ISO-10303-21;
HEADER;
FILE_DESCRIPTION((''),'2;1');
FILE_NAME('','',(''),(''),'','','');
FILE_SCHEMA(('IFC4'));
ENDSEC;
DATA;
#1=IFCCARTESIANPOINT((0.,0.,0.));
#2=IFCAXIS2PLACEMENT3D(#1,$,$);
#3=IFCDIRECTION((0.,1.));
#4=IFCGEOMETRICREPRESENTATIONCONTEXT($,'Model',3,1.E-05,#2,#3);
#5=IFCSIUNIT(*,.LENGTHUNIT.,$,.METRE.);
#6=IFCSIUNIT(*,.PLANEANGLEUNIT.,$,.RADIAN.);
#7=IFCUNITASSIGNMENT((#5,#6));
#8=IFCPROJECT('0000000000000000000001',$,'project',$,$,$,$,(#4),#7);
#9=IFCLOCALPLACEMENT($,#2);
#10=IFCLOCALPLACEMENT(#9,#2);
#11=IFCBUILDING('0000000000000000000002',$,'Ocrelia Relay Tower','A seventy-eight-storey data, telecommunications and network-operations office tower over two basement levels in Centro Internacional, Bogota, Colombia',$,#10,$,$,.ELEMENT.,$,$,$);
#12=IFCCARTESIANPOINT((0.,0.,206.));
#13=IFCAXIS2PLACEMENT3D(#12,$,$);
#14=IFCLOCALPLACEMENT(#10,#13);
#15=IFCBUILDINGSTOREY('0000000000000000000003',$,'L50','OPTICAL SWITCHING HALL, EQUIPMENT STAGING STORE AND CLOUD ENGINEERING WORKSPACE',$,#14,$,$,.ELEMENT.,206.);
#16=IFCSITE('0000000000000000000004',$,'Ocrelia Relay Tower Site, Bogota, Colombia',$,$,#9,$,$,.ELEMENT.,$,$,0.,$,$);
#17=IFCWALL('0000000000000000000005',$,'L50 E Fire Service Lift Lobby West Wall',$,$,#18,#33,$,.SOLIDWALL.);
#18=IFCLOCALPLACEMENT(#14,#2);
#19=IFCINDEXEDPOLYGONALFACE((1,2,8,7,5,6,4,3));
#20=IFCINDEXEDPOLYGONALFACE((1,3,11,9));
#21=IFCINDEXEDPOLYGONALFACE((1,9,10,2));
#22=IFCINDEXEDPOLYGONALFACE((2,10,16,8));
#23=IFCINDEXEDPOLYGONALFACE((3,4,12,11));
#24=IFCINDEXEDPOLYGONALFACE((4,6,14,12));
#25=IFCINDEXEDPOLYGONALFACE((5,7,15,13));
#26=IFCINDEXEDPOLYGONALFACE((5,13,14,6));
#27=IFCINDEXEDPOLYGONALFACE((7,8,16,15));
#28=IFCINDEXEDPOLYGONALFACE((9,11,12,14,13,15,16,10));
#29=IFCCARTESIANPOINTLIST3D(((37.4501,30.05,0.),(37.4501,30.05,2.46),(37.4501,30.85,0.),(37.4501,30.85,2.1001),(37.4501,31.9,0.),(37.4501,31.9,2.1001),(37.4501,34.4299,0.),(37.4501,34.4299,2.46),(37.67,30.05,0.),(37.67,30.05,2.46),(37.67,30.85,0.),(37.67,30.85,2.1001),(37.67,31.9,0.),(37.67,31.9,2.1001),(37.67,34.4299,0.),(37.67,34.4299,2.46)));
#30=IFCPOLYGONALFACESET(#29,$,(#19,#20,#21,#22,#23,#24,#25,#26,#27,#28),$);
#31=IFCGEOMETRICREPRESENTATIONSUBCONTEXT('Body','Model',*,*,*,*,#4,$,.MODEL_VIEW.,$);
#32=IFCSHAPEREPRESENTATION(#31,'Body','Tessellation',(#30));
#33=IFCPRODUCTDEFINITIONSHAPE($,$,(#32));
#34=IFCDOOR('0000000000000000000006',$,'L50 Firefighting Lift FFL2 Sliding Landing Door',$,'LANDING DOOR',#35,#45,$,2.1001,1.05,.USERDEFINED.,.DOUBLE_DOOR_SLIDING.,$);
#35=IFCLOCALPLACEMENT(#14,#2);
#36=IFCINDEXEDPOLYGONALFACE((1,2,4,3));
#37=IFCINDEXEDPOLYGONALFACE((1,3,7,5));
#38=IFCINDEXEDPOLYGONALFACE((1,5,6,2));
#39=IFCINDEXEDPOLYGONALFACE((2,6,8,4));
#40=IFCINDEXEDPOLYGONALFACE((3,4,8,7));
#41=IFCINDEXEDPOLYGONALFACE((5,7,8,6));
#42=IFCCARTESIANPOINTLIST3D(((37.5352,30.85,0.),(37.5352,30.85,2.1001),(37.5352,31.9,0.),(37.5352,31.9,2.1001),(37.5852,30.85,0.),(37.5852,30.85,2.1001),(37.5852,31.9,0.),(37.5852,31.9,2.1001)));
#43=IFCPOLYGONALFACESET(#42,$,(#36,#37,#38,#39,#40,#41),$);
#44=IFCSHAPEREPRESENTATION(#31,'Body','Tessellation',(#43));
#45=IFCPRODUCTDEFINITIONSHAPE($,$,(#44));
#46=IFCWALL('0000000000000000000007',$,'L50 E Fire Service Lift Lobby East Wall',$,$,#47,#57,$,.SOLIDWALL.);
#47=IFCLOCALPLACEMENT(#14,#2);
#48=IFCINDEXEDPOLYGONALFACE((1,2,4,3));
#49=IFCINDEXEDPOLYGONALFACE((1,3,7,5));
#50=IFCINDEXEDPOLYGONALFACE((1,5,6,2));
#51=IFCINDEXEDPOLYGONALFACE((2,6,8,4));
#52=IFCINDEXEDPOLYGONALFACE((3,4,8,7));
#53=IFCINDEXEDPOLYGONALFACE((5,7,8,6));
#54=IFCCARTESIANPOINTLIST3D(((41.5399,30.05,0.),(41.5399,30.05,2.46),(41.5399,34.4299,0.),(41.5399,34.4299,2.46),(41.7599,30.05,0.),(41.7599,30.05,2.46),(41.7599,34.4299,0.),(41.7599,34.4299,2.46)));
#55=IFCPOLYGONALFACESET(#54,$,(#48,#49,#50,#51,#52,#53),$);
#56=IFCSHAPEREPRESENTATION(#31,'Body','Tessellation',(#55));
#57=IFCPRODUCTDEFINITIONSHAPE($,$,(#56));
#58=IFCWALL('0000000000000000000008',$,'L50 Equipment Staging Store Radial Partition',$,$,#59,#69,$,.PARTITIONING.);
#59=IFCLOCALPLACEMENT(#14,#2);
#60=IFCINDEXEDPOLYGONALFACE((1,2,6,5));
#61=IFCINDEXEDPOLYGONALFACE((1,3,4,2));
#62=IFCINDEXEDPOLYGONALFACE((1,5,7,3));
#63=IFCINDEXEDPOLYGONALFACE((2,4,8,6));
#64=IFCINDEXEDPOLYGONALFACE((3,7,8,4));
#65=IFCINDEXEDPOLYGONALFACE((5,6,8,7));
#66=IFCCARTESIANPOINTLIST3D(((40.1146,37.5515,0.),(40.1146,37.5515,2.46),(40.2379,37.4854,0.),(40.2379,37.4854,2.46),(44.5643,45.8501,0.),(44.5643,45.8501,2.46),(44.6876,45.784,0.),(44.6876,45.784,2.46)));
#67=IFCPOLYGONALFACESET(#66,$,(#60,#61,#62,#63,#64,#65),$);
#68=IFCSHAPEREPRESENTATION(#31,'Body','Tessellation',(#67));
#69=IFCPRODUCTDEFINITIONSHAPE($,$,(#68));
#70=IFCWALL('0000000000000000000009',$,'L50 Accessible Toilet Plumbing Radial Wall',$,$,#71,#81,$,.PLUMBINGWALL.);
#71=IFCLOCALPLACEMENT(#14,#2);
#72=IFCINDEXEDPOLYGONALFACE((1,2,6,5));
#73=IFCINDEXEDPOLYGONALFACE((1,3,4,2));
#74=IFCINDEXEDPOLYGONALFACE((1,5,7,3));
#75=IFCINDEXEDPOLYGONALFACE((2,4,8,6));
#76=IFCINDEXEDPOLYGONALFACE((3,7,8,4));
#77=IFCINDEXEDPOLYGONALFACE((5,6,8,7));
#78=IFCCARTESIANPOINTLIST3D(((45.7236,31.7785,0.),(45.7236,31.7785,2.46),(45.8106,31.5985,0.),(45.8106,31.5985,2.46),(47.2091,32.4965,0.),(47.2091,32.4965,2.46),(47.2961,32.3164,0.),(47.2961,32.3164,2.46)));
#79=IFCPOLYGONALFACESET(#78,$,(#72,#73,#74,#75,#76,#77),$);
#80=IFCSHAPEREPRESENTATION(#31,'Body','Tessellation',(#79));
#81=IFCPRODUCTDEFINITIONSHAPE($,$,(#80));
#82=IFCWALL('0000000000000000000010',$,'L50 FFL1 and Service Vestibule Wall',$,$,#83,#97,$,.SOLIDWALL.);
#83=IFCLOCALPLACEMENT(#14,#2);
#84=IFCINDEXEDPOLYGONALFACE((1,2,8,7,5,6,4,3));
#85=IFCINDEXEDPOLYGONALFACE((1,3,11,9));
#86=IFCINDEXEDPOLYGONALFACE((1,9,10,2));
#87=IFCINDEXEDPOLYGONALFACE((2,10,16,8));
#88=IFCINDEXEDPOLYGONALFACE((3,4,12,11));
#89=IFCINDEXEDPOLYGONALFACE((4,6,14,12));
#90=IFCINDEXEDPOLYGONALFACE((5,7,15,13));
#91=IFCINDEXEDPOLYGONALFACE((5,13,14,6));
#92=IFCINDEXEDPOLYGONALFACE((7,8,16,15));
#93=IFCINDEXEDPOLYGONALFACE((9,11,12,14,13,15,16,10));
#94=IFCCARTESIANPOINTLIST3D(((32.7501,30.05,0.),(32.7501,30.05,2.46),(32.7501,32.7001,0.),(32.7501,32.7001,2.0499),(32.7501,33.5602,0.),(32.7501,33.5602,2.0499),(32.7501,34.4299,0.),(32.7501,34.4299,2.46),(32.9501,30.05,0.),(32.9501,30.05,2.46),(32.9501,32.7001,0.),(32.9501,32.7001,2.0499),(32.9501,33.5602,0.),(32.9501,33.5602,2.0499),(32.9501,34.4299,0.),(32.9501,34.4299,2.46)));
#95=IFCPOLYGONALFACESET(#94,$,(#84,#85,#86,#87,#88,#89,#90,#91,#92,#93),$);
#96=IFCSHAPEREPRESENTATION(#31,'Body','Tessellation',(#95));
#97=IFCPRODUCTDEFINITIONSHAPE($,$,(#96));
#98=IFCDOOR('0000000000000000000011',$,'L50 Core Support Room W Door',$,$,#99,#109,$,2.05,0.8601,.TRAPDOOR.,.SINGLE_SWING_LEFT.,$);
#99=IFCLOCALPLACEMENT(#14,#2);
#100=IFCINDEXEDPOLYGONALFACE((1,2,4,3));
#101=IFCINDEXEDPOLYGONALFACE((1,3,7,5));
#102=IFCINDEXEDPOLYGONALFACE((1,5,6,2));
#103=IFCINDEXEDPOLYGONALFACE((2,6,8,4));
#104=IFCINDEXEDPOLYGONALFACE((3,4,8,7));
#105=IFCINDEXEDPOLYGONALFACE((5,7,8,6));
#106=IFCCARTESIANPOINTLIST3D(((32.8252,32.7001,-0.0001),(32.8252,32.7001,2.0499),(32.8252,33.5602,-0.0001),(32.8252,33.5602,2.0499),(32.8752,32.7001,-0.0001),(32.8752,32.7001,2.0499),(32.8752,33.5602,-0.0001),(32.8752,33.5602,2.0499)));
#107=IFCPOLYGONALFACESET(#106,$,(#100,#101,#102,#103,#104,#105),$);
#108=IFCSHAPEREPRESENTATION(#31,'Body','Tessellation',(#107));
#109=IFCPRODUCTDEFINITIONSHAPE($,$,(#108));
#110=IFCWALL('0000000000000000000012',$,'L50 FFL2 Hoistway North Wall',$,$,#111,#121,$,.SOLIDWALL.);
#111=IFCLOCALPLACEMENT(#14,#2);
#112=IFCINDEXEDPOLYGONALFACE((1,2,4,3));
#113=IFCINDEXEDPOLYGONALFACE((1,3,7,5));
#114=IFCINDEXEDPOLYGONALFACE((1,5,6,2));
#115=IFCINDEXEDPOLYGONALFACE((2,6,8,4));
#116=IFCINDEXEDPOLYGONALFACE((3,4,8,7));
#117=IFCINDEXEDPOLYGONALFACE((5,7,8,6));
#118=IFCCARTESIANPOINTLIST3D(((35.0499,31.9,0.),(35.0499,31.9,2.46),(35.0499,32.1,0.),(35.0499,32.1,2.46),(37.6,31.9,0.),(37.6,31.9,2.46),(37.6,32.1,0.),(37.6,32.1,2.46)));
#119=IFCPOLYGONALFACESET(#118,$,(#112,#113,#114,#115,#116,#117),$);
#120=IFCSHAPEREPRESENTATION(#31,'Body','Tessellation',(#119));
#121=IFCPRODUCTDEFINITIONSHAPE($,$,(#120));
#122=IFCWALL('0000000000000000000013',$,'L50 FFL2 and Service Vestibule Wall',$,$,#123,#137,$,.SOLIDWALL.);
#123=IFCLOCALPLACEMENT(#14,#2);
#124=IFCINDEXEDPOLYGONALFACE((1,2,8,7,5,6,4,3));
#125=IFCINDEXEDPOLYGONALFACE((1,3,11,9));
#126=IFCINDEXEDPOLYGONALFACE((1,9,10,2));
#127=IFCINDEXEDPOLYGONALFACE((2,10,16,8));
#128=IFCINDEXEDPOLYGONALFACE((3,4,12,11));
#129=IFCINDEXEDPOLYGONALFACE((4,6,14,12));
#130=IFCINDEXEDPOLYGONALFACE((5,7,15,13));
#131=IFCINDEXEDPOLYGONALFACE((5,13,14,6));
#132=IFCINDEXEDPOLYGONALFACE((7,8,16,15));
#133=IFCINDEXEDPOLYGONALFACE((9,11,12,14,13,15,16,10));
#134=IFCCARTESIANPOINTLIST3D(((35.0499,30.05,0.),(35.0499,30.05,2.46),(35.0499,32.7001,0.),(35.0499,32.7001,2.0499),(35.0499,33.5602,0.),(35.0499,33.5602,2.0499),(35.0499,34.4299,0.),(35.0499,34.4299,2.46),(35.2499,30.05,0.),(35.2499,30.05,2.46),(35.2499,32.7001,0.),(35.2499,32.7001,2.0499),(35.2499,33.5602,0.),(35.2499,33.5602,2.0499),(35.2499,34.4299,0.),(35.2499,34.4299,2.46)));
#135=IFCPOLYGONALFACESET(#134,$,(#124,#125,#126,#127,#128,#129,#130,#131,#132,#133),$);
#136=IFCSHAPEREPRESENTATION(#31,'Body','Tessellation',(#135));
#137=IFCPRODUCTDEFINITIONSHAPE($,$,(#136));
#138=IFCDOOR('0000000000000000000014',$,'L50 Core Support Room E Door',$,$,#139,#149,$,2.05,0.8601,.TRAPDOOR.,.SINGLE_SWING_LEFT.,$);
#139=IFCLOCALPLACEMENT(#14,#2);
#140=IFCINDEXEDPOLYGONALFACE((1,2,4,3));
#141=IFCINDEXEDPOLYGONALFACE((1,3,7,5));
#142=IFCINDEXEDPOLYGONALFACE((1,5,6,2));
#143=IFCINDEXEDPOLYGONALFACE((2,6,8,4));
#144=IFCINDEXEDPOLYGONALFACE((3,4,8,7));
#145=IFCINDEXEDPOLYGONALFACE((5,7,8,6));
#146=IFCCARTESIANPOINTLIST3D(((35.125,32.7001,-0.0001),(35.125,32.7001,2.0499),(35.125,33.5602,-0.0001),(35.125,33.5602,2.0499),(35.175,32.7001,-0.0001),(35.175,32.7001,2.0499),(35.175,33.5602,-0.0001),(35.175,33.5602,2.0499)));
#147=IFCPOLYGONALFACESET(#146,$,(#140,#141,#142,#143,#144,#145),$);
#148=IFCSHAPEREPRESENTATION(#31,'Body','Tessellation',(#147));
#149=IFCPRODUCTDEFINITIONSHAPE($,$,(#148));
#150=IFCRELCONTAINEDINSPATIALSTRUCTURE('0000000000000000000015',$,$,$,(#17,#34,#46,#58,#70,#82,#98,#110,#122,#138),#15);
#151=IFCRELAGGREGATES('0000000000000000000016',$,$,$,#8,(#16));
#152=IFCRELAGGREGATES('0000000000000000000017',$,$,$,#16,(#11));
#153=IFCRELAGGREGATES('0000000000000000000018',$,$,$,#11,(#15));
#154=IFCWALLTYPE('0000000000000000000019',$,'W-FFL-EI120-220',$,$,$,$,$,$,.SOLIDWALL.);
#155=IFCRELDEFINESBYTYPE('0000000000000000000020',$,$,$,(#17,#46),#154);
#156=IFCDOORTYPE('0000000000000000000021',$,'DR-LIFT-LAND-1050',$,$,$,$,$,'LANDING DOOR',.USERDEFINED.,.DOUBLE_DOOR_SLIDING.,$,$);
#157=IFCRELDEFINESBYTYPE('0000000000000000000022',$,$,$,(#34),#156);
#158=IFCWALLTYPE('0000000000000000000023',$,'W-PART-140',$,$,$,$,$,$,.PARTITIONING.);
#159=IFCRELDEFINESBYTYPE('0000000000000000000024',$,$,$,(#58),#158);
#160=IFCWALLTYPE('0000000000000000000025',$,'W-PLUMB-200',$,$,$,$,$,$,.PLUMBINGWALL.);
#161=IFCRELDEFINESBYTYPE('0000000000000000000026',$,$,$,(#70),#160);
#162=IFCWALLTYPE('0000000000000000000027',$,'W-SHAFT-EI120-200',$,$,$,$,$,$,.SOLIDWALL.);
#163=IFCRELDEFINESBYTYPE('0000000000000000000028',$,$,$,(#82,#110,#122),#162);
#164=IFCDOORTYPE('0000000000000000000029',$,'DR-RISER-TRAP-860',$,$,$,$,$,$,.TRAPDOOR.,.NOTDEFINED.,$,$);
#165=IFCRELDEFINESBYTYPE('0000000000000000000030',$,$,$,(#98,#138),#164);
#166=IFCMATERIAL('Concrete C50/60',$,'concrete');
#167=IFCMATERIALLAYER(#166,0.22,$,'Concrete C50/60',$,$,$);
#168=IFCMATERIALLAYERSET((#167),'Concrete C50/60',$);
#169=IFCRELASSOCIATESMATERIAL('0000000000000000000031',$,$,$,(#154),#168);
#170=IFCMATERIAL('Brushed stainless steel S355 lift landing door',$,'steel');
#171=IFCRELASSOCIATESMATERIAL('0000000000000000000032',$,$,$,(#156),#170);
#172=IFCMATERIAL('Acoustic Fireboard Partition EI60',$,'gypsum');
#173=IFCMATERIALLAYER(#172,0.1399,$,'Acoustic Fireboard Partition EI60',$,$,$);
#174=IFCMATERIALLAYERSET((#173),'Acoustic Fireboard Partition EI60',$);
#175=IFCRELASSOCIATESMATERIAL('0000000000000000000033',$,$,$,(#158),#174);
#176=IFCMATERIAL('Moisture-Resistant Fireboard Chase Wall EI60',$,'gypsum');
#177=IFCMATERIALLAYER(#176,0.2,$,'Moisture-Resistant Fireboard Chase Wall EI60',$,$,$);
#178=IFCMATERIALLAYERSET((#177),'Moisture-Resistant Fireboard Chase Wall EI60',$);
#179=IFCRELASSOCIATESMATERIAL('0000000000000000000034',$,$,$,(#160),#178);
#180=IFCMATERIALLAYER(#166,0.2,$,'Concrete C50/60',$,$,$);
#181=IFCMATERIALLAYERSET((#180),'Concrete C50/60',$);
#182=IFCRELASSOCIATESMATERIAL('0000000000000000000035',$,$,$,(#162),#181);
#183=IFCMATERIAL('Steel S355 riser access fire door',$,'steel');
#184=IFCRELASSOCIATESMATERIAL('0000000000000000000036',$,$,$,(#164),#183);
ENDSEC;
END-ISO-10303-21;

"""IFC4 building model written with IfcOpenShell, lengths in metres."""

from ifc_helpers import new_model, si_unit, direction, frame, frame_2d, origin, place, context, subcontext, project, spatial, rectangle, extrude, material, layer, layer_set, type_object, element, fill, save


model = new_model("IFC4")

# Units and contexts
model_context = context("Model", 3, precision=1e-05, world=origin(), true_north=direction((0.0, 1.0)))
body_context = subcontext(model_context, "Body", "Model", "MODEL_VIEW")
ifc_project = project(units=[si_unit("LENGTHUNIT", "METRE"), si_unit("PLANEANGLEUNIT", "RADIAN")], contexts=[model_context])

# Site, building, storey
site_placement = place(None, origin())
site = spatial("IfcSite", under=ifc_project, at=site_placement, Name="Ocrelia Relay Tower Site, Bogota, Colombia", CompositionType="ELEMENT", RefElevation=0.0)
building_placement = place(site_placement, origin())
building = spatial("IfcBuilding", under=site, at=building_placement, Name="Ocrelia Relay Tower", Description="A seventy-eight-storey data, telecommunications and network-operations office tower over two basement levels in Centro Internacional, Bogota, Colombia", CompositionType="ELEMENT")
storey_placement = place(building_placement, frame((0.0, 0.0, 206.0)))
storey = spatial("IfcBuildingStorey", under=building, at=storey_placement, Name="L50", Description="OPTICAL SWITCHING HALL, EQUIPMENT STAGING STORE AND CLOUD ENGINEERING WORKSPACE", CompositionType="ELEMENT", Elevation=206.0)

# Wall, opening, door
ifc_material_1 = material(Name="Concrete C50/60", Category="concrete")
ifc_layer_1 = layer(ifc_material_1, 0.22, Name="Concrete C50/60")
ifc_layer_set_1 = layer_set([ifc_layer_1], Name="Concrete C50/60")
wall_type_1 = type_object("IfcWallType", Name="W-FFL-EI120-220", PredefinedType="SOLIDWALL", material=ifc_layer_set_1)
wall_1_placement = place(storey_placement, frame((37.5601, 30.05, 0.0), z_axis=(0.0, 0.0, 1.0), x_axis=(0.0, 1.0, 0.0)))
wall_1 = element("IfcWall", 1, at=wall_1_placement, inside=storey, type_object=wall_type_1, Name="L50 E Fire Service Lift Lobby West Wall", PredefinedType="SOLIDWALL", context=body_context, shape_type="SweptSolid", body=[
    extrude(rectangle(XDim=4.3799, YDim=0.22, at=frame_2d((2.1899, 0.0))), origin(), (0.0, 0.0, 1.0), 2.46),
])
opening_1_placement = place(wall_1_placement, frame((0.8, 0.0, 0.0)))
opening_1 = element("IfcOpeningElement", 2, at=opening_1_placement, cuts=wall_1, PredefinedType="OPENING", context=body_context, shape_type="SweptSolid", body=[
    extrude(rectangle(XDim=1.05, YDim=2.1001, at=frame_2d((0.5249, 1.05))), frame((0.0, 0.1201, 0.0), z_axis=(0.0, -1.0, 0.0), x_axis=(1.0, 0.0, 0.0)), (0.0, 0.0, 1.0), 0.24),
])
ifc_material_2 = material(Name="Brushed stainless steel S355 lift landing door", Category="steel")
door_type_1 = type_object("IfcDoorType", Name="DR-LIFT-LAND-1050", ElementType="LANDING DOOR", OperationType="DOUBLE_DOOR_SLIDING", PredefinedType="USERDEFINED", material=ifc_material_2)
door_1_placement = place(opening_1_placement, origin())
door_1 = element("IfcDoor", 3, at=door_1_placement, inside=storey, type_object=door_type_1, Name="L50 Firefighting Lift FFL2 Sliding Landing Door", ObjectType="LANDING DOOR", OperationType="DOUBLE_DOOR_SLIDING", OverallHeight=2.1001, OverallWidth=1.05, PredefinedType="USERDEFINED", context=body_context, shape_type="SweptSolid", body=[
    extrude(rectangle(XDim=1.05, YDim=2.1001, at=frame_2d((0.5249, 1.05))), frame((0.0, 0.0249, 0.0), z_axis=(0.0, -1.0, 0.0), x_axis=(1.0, 0.0, 0.0)), (0.0, 0.0, 1.0), 0.05),
])
fill(opening_1, door_1)

# Wall
wall_2_placement = place(storey_placement, frame((41.6499, 30.05, 0.0), z_axis=(0.0, 0.0, 1.0), x_axis=(0.0, 1.0, 0.0)))
element("IfcWall", 4, at=wall_2_placement, inside=storey, type_object=wall_type_1, Name="L50 E Fire Service Lift Lobby East Wall", PredefinedType="SOLIDWALL", context=body_context, shape_type="SweptSolid", body=[
    extrude(rectangle(XDim=4.3799, YDim=0.22, at=frame_2d((2.1899, 0.0))), origin(), (0.0, 0.0, 1.0), 2.46),
])

# Walls
ifc_material_3 = material(Name="Acoustic Fireboard Partition EI60", Category="gypsum")
ifc_layer_2 = layer(ifc_material_3, 0.1399, Name="Acoustic Fireboard Partition EI60")
ifc_layer_set_2 = layer_set([ifc_layer_2], Name="Acoustic Fireboard Partition EI60")
wall_type_2 = type_object("IfcWallType", Name="W-PART-140", PredefinedType="PARTITIONING", material=ifc_layer_set_2)
wall_3_placement = place(storey_placement, frame((40.1763, 37.5186, 0.0), z_axis=(0.0, 0.0, 1.0), x_axis=(0.472555, 0.881301, 0.0)))
element("IfcWall", 5, at=wall_3_placement, inside=storey, type_object=wall_type_2, Name="L50 Equipment Staging Store Radial Partition", PredefinedType="PARTITIONING", context=body_context, shape_type="SweptSolid", body=[
    extrude(rectangle(XDim=9.4163, YDim=0.1399, at=frame_2d((4.708, 0.0))), origin(), (0.0, 0.0, 1.0), 2.46),
])
ifc_material_4 = material(Name="Moisture-Resistant Fireboard Chase Wall EI60", Category="gypsum")
ifc_layer_3 = layer(ifc_material_4, 0.2, Name="Moisture-Resistant Fireboard Chase Wall EI60")
ifc_layer_set_3 = layer_set([ifc_layer_3], Name="Moisture-Resistant Fireboard Chase Wall EI60")
wall_type_3 = type_object("IfcWallType", Name="W-PLUMB-200", PredefinedType="PLUMBINGWALL", material=ifc_layer_set_3)
wall_4_placement = place(storey_placement, frame((45.7671, 31.6885, 0.0), z_axis=(0.0, 0.0, 1.0), x_axis=(0.900354, 0.435159, 0.0)))
element("IfcWall", 6, at=wall_4_placement, inside=storey, type_object=wall_type_3, Name="L50 Accessible Toilet Plumbing Radial Wall", PredefinedType="PLUMBINGWALL", context=body_context, shape_type="SweptSolid", body=[
    extrude(rectangle(XDim=1.6499, YDim=0.2, at=frame_2d((0.825, 0.0))), origin(), (0.0, 0.0, 1.0), 2.46),
])

# Wall, opening, door
ifc_layer_4 = layer(ifc_material_1, 0.2, Name="Concrete C50/60")
ifc_layer_set_4 = layer_set([ifc_layer_4], Name="Concrete C50/60")
wall_type_4 = type_object("IfcWallType", Name="W-SHAFT-EI120-200", PredefinedType="SOLIDWALL", material=ifc_layer_set_4)
wall_5_placement = place(storey_placement, frame((32.8501, 30.05, 0.0), z_axis=(0.0, 0.0, 1.0), x_axis=(0.0, 1.0, 0.0)))
wall_5 = element("IfcWall", 7, at=wall_5_placement, inside=storey, type_object=wall_type_4, Name="L50 FFL1 and Service Vestibule Wall", PredefinedType="SOLIDWALL", context=body_context, shape_type="SweptSolid", body=[
    extrude(rectangle(XDim=4.3799, YDim=0.2, at=frame_2d((2.1899, 0.0))), origin(), (0.0, 0.0, 1.0), 2.46),
])
opening_2_placement = place(wall_5_placement, frame((2.6499, 0.0, 0.0)))
opening_2 = element("IfcOpeningElement", 8, at=opening_2_placement, cuts=wall_5, PredefinedType="OPENING", context=body_context, shape_type="SweptSolid", body=[
    extrude(rectangle(XDim=0.8601, YDim=2.05, at=frame_2d((0.4302, 1.0249))), frame((0.0, 0.1099, 0.0), z_axis=(0.0, -1.0, 0.0), x_axis=(1.0, 0.0, 0.0)), (0.0, 0.0, 1.0), 0.22),
])
ifc_material_5 = material(Name="Steel S355 riser access fire door", Category="steel")
door_type_2 = type_object("IfcDoorType", Name="DR-RISER-TRAP-860", OperationType="NOTDEFINED", PredefinedType="TRAPDOOR", material=ifc_material_5)
door_2_placement = place(opening_2_placement, origin())
door_2 = element("IfcDoor", 9, at=door_2_placement, inside=storey, type_object=door_type_2, Name="L50 Core Support Room W Door", OperationType="SINGLE_SWING_LEFT", OverallHeight=2.05, OverallWidth=0.8601, PredefinedType="TRAPDOOR", context=body_context, shape_type="SweptSolid", body=[
    extrude(rectangle(XDim=0.8601, YDim=2.05, at=frame_2d((0.4302, 1.0249))), frame((0.0, 0.0249, 0.0), z_axis=(0.0, -1.0, 0.0), x_axis=(1.0, 0.0, 0.0)), (0.0, 0.0, 1.0), 0.05),
])
fill(opening_2, door_2)

# Wall
wall_6_placement = place(storey_placement, frame((35.05, 32.0, 0.0), z_axis=(0.0, 0.0, 1.0), x_axis=(1.0, 0.0, 0.0)))
element("IfcWall", 10, at=wall_6_placement, inside=storey, type_object=wall_type_4, Name="L50 FFL2 Hoistway North Wall", PredefinedType="SOLIDWALL", context=body_context, shape_type="SweptSolid", body=[
    extrude(rectangle(XDim=2.55, YDim=0.2, at=frame_2d((1.2749, 0.0))), origin(), (0.0, 0.0, 1.0), 2.46),
])

# Wall, opening, door
wall_7_placement = place(storey_placement, frame((35.1499, 30.05, 0.0), z_axis=(0.0, 0.0, 1.0), x_axis=(0.0, 1.0, 0.0)))
wall_7 = element("IfcWall", 11, at=wall_7_placement, inside=storey, type_object=wall_type_4, Name="L50 FFL2 and Service Vestibule Wall", PredefinedType="SOLIDWALL", context=body_context, shape_type="SweptSolid", body=[
    extrude(rectangle(XDim=4.3799, YDim=0.2, at=frame_2d((2.1899, 0.0))), origin(), (0.0, 0.0, 1.0), 2.46),
])
opening_3_placement = place(wall_7_placement, frame((2.6499, 0.0, 0.0)))
opening_3 = element("IfcOpeningElement", 12, at=opening_3_placement, cuts=wall_7, PredefinedType="OPENING", context=body_context, shape_type="SweptSolid", body=[
    extrude(rectangle(XDim=0.8601, YDim=2.05, at=frame_2d((0.4302, 1.0249))), frame((0.0, 0.1099, 0.0), z_axis=(0.0, -1.0, 0.0), x_axis=(1.0, 0.0, 0.0)), (0.0, 0.0, 1.0), 0.22),
])
door_3_placement = place(opening_3_placement, origin())
door_3 = element("IfcDoor", 13, at=door_3_placement, inside=storey, type_object=door_type_2, Name="L50 Core Support Room E Door", OperationType="SINGLE_SWING_LEFT", OverallHeight=2.05, OverallWidth=0.8601, PredefinedType="TRAPDOOR", context=body_context, shape_type="SweptSolid", body=[
    extrude(rectangle(XDim=0.8601, YDim=2.05, at=frame_2d((0.4302, 1.0249))), frame((0.0, 0.0249, 0.0), z_axis=(0.0, -1.0, 0.0), x_axis=(1.0, 0.0, 0.0)), (0.0, 0.0, 1.0), 0.05),
])
fill(opening_3, door_3)

save(model, "model.ifc")
